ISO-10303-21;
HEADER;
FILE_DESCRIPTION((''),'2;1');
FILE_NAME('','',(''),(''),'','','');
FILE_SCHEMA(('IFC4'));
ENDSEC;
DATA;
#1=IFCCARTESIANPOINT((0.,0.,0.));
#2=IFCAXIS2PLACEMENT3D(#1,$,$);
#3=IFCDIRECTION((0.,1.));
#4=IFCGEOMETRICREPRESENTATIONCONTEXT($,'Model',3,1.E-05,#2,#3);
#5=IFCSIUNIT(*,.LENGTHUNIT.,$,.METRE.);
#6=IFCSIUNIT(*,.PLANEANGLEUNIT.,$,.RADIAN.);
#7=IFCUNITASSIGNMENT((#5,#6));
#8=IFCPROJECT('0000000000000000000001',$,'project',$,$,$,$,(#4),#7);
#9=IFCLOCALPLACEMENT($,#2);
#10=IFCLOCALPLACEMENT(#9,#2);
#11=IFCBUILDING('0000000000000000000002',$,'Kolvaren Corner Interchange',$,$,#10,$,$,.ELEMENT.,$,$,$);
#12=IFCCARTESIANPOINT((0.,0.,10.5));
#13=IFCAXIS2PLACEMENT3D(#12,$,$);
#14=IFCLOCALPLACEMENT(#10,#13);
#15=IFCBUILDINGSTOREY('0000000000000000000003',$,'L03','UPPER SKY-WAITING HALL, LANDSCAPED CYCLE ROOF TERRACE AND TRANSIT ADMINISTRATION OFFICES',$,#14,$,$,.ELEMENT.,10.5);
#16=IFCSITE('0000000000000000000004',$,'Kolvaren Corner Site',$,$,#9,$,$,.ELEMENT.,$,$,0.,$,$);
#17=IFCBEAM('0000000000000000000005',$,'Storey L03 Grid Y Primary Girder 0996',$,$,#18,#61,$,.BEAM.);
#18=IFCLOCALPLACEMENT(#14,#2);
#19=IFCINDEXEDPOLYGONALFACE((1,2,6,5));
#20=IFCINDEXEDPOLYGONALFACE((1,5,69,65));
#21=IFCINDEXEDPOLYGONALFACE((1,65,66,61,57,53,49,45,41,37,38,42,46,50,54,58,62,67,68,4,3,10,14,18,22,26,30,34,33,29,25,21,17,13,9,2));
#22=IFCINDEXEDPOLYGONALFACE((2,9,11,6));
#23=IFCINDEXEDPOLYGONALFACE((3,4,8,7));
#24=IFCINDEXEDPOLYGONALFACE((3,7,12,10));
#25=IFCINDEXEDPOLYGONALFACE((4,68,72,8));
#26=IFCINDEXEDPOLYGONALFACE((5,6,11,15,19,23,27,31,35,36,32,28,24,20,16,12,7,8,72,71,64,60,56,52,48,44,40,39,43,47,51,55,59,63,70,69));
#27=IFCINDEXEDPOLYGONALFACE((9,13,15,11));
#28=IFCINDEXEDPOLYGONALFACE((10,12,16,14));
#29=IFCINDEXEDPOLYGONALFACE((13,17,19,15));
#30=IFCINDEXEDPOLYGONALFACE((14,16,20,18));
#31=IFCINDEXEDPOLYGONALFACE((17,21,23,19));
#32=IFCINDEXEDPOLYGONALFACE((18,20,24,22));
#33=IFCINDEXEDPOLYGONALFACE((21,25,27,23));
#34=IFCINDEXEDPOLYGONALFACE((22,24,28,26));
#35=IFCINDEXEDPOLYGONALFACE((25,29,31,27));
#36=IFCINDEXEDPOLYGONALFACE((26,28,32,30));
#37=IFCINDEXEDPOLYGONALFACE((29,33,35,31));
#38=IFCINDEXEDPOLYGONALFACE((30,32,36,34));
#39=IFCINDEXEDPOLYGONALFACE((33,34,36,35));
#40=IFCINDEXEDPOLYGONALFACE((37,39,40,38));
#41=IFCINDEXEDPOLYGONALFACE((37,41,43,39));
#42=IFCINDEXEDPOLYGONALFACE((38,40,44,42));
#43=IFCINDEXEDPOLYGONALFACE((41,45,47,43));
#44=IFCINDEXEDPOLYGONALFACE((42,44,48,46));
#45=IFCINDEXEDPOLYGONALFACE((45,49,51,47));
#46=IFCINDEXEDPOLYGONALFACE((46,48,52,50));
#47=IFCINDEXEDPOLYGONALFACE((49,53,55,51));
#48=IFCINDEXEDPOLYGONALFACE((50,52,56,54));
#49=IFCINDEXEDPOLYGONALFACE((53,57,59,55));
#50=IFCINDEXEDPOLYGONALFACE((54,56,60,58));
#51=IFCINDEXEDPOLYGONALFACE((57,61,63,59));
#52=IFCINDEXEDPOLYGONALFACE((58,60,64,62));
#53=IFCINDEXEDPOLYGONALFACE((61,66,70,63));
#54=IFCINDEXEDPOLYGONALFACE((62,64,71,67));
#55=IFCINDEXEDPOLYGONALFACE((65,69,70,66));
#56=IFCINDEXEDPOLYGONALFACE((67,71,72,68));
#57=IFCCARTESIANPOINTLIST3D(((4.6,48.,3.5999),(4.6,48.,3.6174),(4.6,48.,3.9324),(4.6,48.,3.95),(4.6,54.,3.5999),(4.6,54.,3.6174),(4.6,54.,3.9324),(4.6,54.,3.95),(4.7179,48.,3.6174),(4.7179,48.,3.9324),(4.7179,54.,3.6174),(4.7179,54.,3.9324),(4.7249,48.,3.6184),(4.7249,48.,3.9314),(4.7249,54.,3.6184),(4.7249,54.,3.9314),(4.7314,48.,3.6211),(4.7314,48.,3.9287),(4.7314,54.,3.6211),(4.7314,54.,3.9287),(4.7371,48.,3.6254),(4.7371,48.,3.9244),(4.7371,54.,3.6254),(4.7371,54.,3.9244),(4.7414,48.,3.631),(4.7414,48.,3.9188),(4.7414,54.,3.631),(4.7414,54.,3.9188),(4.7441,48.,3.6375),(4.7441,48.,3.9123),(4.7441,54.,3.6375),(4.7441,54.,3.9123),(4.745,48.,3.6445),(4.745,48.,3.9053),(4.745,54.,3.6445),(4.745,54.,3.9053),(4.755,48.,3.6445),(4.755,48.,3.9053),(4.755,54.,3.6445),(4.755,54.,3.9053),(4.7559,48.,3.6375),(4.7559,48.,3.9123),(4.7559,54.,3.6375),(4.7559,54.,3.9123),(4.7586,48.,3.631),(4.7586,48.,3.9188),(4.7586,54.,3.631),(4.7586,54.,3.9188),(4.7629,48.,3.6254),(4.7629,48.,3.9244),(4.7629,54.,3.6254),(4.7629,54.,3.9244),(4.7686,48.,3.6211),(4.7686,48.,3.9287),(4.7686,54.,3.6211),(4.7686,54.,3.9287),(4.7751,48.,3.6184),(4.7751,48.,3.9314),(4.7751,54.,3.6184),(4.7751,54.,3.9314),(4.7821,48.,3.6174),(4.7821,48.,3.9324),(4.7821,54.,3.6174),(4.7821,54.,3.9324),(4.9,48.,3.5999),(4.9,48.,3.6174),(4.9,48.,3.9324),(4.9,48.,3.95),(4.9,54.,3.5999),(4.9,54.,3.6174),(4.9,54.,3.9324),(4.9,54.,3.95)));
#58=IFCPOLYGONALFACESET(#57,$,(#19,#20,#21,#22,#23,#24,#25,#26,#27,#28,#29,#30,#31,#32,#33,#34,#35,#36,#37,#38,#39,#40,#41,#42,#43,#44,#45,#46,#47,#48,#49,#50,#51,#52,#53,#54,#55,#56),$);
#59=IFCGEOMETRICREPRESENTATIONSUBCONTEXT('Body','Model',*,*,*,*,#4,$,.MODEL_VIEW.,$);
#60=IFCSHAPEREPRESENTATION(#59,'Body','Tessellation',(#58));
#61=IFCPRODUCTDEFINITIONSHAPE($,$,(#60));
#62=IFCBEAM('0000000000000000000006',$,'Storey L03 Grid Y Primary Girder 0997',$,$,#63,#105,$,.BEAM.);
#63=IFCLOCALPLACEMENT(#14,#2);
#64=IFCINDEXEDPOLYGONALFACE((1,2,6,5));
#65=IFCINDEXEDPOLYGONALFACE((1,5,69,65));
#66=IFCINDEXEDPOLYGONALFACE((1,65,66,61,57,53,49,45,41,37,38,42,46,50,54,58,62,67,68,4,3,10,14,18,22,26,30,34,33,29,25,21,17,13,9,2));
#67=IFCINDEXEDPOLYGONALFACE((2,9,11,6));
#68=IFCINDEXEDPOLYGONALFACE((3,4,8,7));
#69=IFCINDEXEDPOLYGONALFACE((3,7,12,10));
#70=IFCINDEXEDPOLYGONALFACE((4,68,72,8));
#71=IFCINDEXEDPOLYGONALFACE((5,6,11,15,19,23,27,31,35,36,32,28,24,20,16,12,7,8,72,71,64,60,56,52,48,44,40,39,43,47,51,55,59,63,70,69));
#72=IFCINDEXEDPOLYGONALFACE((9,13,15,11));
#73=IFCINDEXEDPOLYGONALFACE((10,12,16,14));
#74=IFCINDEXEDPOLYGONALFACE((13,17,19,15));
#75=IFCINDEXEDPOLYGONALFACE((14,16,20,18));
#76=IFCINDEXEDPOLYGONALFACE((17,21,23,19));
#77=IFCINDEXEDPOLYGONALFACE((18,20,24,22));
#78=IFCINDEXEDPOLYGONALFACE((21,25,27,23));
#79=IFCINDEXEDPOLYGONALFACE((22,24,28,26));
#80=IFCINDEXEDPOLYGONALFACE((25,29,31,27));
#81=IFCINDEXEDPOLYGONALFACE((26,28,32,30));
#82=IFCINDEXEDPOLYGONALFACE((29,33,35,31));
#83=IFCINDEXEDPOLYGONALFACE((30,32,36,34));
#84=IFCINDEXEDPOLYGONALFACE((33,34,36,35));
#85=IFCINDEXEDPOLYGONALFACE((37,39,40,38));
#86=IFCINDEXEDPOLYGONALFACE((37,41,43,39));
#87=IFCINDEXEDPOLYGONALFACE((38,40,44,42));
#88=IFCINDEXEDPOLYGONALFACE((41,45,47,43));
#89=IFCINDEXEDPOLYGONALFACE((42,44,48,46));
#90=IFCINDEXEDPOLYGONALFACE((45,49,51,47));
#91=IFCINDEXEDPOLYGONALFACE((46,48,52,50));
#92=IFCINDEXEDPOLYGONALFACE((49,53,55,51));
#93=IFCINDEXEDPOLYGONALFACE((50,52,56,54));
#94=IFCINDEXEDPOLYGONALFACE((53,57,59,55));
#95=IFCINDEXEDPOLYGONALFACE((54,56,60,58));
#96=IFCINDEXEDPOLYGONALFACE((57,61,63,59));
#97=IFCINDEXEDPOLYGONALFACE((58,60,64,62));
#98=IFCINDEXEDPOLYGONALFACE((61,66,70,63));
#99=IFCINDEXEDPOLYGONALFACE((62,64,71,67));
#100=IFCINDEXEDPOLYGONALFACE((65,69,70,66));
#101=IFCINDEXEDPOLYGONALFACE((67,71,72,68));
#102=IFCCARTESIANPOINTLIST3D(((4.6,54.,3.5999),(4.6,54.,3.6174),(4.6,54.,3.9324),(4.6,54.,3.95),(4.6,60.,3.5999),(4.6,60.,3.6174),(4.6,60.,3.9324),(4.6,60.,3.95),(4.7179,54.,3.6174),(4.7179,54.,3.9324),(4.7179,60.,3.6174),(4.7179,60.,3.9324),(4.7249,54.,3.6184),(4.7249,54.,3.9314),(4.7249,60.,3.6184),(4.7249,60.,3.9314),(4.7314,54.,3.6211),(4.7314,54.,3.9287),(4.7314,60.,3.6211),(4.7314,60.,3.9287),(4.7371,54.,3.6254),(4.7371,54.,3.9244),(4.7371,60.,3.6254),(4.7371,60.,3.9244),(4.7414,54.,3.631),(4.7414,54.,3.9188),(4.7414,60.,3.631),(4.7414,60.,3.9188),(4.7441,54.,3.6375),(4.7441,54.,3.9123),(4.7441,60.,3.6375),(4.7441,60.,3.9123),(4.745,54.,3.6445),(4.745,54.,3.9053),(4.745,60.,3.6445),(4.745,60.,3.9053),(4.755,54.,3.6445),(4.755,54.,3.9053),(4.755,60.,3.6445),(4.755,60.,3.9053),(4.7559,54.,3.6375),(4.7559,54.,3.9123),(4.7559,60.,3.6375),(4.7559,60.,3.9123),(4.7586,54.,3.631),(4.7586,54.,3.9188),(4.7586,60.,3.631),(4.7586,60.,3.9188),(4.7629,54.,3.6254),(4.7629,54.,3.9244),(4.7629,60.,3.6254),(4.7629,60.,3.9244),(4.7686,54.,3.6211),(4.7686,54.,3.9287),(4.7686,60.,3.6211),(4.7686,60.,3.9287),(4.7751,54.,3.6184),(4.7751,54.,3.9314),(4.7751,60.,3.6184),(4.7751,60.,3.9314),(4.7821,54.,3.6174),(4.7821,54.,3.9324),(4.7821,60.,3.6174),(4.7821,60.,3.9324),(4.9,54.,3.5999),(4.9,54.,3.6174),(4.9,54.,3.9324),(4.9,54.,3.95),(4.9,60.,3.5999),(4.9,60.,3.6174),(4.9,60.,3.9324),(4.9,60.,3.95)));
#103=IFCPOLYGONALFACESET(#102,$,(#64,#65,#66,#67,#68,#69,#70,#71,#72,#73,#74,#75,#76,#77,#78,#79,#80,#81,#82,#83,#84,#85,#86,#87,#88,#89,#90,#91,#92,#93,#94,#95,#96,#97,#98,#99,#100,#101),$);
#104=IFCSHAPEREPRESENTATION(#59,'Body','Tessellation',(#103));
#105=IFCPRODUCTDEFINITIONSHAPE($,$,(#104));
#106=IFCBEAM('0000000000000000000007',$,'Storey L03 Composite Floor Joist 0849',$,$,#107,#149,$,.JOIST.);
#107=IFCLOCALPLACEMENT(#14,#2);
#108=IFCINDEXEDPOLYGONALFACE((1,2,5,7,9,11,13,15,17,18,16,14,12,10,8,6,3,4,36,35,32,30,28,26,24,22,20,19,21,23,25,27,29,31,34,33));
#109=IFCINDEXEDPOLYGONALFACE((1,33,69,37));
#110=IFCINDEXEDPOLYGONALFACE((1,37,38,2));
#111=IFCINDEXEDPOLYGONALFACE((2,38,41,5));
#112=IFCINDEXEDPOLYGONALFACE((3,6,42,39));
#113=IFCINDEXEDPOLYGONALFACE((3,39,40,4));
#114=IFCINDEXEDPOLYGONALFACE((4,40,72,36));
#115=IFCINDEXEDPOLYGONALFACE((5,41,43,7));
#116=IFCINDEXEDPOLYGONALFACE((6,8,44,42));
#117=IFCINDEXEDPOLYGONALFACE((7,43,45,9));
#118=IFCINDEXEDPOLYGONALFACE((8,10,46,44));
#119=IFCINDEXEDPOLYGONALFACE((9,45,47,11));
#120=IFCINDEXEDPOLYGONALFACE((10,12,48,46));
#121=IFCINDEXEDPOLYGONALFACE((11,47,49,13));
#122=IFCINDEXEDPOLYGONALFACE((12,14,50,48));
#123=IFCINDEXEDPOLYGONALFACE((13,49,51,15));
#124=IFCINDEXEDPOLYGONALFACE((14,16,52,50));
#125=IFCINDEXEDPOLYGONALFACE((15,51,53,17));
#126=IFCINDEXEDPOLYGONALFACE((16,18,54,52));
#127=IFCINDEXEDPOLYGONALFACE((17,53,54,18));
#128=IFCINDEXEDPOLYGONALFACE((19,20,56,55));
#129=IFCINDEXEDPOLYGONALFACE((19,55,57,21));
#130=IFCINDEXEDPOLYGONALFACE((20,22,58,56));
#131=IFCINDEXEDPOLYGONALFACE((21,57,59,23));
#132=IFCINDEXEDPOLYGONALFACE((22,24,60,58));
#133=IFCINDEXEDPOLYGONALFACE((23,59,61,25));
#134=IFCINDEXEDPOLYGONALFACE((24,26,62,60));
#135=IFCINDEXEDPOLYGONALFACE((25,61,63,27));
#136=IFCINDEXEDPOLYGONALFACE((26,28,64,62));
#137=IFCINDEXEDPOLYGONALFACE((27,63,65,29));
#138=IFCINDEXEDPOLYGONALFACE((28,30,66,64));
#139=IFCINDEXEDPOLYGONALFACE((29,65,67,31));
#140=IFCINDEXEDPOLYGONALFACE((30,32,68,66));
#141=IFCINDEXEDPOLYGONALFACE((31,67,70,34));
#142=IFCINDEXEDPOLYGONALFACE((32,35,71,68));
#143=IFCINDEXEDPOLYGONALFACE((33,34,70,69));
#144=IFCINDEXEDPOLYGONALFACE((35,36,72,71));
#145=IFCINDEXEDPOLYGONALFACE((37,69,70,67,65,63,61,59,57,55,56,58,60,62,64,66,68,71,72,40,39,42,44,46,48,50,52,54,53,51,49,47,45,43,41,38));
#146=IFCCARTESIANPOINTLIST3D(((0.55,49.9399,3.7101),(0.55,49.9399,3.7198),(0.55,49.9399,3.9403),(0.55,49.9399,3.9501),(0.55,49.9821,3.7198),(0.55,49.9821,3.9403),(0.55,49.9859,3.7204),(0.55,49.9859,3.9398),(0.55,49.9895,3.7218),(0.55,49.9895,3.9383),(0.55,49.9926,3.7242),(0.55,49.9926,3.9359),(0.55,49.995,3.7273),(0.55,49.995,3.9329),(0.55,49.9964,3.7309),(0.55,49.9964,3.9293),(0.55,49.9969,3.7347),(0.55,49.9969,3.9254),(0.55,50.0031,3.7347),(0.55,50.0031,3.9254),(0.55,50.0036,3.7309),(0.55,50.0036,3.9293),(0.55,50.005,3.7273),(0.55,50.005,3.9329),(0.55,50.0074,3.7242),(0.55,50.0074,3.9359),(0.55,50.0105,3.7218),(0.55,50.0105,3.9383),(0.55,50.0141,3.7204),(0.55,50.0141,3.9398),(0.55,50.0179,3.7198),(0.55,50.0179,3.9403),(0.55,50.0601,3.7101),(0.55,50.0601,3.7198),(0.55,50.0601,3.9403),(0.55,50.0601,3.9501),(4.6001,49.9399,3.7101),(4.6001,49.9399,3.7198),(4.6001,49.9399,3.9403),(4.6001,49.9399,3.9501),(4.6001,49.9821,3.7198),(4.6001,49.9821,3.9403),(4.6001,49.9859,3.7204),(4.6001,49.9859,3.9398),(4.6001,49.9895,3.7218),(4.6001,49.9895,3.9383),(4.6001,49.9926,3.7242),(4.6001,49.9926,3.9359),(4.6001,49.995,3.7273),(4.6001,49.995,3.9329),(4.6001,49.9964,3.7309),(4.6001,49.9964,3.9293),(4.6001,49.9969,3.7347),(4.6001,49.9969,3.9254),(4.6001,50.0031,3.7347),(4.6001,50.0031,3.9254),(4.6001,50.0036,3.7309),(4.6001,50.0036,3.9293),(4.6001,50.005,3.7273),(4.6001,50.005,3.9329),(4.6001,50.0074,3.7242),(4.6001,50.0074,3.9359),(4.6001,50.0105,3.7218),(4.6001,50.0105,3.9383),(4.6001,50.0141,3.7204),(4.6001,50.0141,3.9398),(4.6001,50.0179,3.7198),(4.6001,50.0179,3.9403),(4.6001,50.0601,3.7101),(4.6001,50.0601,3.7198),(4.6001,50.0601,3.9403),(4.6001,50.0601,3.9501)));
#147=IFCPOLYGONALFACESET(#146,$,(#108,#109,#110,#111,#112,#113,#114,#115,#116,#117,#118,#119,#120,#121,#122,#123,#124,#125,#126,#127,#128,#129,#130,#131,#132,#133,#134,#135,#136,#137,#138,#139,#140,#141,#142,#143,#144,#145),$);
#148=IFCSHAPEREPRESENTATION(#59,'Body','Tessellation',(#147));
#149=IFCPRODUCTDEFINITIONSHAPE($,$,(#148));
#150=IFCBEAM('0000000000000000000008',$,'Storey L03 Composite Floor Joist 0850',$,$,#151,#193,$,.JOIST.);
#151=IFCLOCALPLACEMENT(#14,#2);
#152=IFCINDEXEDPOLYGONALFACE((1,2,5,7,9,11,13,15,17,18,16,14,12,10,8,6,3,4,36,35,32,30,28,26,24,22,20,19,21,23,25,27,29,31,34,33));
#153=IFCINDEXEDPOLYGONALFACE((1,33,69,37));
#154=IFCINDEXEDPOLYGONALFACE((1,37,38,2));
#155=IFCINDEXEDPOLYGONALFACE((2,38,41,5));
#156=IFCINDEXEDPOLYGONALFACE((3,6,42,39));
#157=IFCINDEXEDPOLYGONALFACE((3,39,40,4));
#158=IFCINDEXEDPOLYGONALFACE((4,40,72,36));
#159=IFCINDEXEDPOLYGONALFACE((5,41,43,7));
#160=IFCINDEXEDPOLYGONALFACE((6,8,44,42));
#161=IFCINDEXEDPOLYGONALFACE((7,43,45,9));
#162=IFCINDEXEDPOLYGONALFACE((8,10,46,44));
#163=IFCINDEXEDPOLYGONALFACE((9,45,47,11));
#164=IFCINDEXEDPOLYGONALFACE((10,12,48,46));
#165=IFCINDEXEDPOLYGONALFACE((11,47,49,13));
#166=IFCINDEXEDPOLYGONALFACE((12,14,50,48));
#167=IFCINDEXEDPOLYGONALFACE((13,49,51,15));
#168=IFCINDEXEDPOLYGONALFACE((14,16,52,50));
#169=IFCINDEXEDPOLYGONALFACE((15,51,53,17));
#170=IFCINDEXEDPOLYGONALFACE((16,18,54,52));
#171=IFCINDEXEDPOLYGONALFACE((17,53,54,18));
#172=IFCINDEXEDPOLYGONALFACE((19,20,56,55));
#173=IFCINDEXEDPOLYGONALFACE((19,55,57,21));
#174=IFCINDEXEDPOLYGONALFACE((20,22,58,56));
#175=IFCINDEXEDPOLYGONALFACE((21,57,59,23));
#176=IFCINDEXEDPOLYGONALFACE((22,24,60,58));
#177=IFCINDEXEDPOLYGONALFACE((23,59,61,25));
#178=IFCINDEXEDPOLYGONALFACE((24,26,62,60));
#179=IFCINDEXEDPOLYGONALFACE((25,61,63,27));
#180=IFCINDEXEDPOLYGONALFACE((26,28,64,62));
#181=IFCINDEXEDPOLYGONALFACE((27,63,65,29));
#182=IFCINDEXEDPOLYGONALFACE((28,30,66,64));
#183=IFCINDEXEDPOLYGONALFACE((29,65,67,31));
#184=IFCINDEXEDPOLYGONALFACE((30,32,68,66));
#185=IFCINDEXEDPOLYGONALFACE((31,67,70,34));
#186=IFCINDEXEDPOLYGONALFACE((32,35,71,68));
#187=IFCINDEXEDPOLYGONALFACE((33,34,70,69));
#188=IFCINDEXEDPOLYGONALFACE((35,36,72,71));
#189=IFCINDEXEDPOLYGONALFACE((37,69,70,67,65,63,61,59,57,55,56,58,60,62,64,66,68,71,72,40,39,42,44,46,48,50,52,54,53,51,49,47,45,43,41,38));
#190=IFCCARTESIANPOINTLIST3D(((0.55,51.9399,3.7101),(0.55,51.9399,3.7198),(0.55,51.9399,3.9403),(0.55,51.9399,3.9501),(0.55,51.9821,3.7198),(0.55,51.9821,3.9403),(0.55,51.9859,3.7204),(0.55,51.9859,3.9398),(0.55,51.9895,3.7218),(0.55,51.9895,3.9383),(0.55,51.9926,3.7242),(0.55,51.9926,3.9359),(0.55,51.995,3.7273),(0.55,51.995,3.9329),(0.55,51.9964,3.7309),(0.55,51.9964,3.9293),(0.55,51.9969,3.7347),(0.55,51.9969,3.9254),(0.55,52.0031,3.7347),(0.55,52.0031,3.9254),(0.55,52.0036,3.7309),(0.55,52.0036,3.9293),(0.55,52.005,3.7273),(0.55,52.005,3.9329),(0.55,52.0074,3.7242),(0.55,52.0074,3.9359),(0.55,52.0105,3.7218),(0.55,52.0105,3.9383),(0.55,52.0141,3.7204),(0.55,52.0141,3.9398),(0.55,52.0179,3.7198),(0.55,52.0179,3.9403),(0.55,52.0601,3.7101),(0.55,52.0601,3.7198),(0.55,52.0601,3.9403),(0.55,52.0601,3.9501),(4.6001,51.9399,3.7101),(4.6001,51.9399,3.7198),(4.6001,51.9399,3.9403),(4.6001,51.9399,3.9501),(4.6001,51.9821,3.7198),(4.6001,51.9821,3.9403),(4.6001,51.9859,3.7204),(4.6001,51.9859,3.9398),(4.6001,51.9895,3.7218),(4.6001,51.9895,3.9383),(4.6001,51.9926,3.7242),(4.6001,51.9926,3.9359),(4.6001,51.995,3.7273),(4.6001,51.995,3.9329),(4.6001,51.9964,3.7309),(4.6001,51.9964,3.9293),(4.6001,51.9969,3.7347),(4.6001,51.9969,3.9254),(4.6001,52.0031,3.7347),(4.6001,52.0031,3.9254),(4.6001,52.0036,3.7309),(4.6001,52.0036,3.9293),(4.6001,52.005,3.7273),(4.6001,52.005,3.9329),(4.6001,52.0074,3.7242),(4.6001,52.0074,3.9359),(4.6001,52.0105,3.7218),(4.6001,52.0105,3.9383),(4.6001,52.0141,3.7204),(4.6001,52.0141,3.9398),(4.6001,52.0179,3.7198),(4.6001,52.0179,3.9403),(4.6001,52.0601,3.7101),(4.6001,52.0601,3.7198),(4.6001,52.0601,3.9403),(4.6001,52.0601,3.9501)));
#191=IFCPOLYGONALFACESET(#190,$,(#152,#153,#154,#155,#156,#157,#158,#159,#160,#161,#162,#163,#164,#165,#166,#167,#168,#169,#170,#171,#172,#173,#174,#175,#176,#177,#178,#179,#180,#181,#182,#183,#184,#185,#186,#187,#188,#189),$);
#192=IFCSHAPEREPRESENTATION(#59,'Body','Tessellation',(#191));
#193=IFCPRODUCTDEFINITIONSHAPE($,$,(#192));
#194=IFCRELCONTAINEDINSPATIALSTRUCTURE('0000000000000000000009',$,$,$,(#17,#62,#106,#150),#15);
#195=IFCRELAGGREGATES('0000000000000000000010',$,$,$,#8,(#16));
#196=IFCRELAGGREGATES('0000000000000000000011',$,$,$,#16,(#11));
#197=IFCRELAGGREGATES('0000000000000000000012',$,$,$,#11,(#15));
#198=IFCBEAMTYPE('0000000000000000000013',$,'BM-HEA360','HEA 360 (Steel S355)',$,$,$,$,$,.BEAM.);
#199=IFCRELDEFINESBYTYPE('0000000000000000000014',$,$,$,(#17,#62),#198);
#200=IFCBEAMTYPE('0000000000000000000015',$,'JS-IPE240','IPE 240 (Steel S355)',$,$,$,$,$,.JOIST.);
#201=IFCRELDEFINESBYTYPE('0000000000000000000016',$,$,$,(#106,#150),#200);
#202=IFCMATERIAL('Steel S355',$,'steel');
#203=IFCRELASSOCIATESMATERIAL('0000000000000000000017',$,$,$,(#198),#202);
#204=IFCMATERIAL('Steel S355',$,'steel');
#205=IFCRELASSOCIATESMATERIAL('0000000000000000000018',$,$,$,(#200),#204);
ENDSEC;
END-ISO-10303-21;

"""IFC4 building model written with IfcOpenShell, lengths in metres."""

from ifc_helpers import new_model, si_unit, direction, frame, origin, origin_2d, place, context, subcontext, project, spatial, i_section, extrude, material, material_profile, profile_set, type_object, element, save


model = new_model("IFC4")

# Units and contexts
model_context = context("Model", 3, precision=1e-05, world=origin(), true_north=direction((0.0, 1.0)))
body_context = subcontext(model_context, "Body", "Model", "MODEL_VIEW")
ifc_project = project(units=[si_unit("LENGTHUNIT", "METRE"), si_unit("PLANEANGLEUNIT", "RADIAN")], contexts=[model_context])

# Site, building, storey
site_placement = place(None, origin())
site = spatial("IfcSite", under=ifc_project, at=site_placement, Name="Kolvaren Corner Site", CompositionType="ELEMENT", RefElevation=0.0)
building_placement = place(site_placement, origin())
building = spatial("IfcBuilding", under=site, at=building_placement, Name="Kolvaren Corner Interchange", CompositionType="ELEMENT")
storey_placement = place(building_placement, frame((0.0, 0.0, 10.5)))
storey = spatial("IfcBuildingStorey", under=building, at=storey_placement, Name="L03", Description="UPPER SKY-WAITING HALL, LANDSCAPED CYCLE ROOF TERRACE AND TRANSIT ADMINISTRATION OFFICES", CompositionType="ELEMENT", Elevation=10.5)

# Beams
ifc_material_1 = material(Name="Steel S355", Category="steel")
ifc_material_profile_1 = material_profile(ifc_material_1, i_section(OverallWidth=0.3, OverallDepth=0.3501, WebThickness=0.01, FlangeThickness=0.0176, FilletRadius=0.0271, at=origin_2d()), Name="HEA 360")
ifc_profile_set_1 = profile_set([ifc_material_profile_1], Name="Steel S355")
beam_type_1 = type_object("IfcBeamType", Name="BM-HEA360", Description="HEA 360 (Steel S355)", PredefinedType="BEAM", material=ifc_profile_set_1)
for number, where, z_axis, x_axis, name in (
    (1, (4.75, 48.0, 3.7749), (0.0, 1.0, 0.0), (-1.0, 0.0, 0.0), "Storey L03 Grid Y Primary Girder 0996"),
    (2, (4.75, 54.0, 3.7749), (0.0, 1.0, 0.0), (-1.0, 0.0, 0.0), "Storey L03 Grid Y Primary Girder 0997"),
):
    element("IfcBeam", number, at=place(storey_placement, frame(where, z_axis=z_axis, x_axis=x_axis)), inside=storey, type_object=beam_type_1, Name=name, PredefinedType="BEAM", context=body_context, shape_type="SweptSolid", body=[
        extrude(i_section(OverallWidth=0.3, OverallDepth=0.3501, WebThickness=0.01, FlangeThickness=0.0176, FilletRadius=0.0271, at=origin_2d()), origin(), (0.0, 0.0, 1.0), 6.0),
    ])
ifc_material_2 = material(Name="Steel S355", Category="steel")
ifc_material_profile_2 = material_profile(ifc_material_2, i_section(OverallWidth=0.1201, OverallDepth=0.24, WebThickness=0.0061, FlangeThickness=0.0098, FilletRadius=0.0149, at=origin_2d()), Name="IPE 240")
ifc_profile_set_2 = profile_set([ifc_material_profile_2], Name="Steel S355")
beam_type_2 = type_object("IfcBeamType", Name="JS-IPE240", Description="IPE 240 (Steel S355)", PredefinedType="JOIST", material=ifc_profile_set_2)
for number, where, z_axis, x_axis, name in (
    (3, (0.55, 50.0, 3.8301), (1.0, 0.0, 0.0), (0.0, 1.0, 0.0), "Storey L03 Composite Floor Joist 0849"),
    (4, (0.55, 52.0, 3.8301), (1.0, 0.0, 0.0), (0.0, 1.0, 0.0), "Storey L03 Composite Floor Joist 0850"),
):
    element("IfcBeam", number, at=place(storey_placement, frame(where, z_axis=z_axis, x_axis=x_axis)), inside=storey, type_object=beam_type_2, Name=name, PredefinedType="JOIST", context=body_context, shape_type="SweptSolid", body=[
        extrude(i_section(OverallWidth=0.1201, OverallDepth=0.24, WebThickness=0.0061, FlangeThickness=0.0098, FilletRadius=0.0149, at=origin_2d()), origin(), (0.0, 0.0, 1.0), 4.05),
    ])

save(model, "model.ifc")
